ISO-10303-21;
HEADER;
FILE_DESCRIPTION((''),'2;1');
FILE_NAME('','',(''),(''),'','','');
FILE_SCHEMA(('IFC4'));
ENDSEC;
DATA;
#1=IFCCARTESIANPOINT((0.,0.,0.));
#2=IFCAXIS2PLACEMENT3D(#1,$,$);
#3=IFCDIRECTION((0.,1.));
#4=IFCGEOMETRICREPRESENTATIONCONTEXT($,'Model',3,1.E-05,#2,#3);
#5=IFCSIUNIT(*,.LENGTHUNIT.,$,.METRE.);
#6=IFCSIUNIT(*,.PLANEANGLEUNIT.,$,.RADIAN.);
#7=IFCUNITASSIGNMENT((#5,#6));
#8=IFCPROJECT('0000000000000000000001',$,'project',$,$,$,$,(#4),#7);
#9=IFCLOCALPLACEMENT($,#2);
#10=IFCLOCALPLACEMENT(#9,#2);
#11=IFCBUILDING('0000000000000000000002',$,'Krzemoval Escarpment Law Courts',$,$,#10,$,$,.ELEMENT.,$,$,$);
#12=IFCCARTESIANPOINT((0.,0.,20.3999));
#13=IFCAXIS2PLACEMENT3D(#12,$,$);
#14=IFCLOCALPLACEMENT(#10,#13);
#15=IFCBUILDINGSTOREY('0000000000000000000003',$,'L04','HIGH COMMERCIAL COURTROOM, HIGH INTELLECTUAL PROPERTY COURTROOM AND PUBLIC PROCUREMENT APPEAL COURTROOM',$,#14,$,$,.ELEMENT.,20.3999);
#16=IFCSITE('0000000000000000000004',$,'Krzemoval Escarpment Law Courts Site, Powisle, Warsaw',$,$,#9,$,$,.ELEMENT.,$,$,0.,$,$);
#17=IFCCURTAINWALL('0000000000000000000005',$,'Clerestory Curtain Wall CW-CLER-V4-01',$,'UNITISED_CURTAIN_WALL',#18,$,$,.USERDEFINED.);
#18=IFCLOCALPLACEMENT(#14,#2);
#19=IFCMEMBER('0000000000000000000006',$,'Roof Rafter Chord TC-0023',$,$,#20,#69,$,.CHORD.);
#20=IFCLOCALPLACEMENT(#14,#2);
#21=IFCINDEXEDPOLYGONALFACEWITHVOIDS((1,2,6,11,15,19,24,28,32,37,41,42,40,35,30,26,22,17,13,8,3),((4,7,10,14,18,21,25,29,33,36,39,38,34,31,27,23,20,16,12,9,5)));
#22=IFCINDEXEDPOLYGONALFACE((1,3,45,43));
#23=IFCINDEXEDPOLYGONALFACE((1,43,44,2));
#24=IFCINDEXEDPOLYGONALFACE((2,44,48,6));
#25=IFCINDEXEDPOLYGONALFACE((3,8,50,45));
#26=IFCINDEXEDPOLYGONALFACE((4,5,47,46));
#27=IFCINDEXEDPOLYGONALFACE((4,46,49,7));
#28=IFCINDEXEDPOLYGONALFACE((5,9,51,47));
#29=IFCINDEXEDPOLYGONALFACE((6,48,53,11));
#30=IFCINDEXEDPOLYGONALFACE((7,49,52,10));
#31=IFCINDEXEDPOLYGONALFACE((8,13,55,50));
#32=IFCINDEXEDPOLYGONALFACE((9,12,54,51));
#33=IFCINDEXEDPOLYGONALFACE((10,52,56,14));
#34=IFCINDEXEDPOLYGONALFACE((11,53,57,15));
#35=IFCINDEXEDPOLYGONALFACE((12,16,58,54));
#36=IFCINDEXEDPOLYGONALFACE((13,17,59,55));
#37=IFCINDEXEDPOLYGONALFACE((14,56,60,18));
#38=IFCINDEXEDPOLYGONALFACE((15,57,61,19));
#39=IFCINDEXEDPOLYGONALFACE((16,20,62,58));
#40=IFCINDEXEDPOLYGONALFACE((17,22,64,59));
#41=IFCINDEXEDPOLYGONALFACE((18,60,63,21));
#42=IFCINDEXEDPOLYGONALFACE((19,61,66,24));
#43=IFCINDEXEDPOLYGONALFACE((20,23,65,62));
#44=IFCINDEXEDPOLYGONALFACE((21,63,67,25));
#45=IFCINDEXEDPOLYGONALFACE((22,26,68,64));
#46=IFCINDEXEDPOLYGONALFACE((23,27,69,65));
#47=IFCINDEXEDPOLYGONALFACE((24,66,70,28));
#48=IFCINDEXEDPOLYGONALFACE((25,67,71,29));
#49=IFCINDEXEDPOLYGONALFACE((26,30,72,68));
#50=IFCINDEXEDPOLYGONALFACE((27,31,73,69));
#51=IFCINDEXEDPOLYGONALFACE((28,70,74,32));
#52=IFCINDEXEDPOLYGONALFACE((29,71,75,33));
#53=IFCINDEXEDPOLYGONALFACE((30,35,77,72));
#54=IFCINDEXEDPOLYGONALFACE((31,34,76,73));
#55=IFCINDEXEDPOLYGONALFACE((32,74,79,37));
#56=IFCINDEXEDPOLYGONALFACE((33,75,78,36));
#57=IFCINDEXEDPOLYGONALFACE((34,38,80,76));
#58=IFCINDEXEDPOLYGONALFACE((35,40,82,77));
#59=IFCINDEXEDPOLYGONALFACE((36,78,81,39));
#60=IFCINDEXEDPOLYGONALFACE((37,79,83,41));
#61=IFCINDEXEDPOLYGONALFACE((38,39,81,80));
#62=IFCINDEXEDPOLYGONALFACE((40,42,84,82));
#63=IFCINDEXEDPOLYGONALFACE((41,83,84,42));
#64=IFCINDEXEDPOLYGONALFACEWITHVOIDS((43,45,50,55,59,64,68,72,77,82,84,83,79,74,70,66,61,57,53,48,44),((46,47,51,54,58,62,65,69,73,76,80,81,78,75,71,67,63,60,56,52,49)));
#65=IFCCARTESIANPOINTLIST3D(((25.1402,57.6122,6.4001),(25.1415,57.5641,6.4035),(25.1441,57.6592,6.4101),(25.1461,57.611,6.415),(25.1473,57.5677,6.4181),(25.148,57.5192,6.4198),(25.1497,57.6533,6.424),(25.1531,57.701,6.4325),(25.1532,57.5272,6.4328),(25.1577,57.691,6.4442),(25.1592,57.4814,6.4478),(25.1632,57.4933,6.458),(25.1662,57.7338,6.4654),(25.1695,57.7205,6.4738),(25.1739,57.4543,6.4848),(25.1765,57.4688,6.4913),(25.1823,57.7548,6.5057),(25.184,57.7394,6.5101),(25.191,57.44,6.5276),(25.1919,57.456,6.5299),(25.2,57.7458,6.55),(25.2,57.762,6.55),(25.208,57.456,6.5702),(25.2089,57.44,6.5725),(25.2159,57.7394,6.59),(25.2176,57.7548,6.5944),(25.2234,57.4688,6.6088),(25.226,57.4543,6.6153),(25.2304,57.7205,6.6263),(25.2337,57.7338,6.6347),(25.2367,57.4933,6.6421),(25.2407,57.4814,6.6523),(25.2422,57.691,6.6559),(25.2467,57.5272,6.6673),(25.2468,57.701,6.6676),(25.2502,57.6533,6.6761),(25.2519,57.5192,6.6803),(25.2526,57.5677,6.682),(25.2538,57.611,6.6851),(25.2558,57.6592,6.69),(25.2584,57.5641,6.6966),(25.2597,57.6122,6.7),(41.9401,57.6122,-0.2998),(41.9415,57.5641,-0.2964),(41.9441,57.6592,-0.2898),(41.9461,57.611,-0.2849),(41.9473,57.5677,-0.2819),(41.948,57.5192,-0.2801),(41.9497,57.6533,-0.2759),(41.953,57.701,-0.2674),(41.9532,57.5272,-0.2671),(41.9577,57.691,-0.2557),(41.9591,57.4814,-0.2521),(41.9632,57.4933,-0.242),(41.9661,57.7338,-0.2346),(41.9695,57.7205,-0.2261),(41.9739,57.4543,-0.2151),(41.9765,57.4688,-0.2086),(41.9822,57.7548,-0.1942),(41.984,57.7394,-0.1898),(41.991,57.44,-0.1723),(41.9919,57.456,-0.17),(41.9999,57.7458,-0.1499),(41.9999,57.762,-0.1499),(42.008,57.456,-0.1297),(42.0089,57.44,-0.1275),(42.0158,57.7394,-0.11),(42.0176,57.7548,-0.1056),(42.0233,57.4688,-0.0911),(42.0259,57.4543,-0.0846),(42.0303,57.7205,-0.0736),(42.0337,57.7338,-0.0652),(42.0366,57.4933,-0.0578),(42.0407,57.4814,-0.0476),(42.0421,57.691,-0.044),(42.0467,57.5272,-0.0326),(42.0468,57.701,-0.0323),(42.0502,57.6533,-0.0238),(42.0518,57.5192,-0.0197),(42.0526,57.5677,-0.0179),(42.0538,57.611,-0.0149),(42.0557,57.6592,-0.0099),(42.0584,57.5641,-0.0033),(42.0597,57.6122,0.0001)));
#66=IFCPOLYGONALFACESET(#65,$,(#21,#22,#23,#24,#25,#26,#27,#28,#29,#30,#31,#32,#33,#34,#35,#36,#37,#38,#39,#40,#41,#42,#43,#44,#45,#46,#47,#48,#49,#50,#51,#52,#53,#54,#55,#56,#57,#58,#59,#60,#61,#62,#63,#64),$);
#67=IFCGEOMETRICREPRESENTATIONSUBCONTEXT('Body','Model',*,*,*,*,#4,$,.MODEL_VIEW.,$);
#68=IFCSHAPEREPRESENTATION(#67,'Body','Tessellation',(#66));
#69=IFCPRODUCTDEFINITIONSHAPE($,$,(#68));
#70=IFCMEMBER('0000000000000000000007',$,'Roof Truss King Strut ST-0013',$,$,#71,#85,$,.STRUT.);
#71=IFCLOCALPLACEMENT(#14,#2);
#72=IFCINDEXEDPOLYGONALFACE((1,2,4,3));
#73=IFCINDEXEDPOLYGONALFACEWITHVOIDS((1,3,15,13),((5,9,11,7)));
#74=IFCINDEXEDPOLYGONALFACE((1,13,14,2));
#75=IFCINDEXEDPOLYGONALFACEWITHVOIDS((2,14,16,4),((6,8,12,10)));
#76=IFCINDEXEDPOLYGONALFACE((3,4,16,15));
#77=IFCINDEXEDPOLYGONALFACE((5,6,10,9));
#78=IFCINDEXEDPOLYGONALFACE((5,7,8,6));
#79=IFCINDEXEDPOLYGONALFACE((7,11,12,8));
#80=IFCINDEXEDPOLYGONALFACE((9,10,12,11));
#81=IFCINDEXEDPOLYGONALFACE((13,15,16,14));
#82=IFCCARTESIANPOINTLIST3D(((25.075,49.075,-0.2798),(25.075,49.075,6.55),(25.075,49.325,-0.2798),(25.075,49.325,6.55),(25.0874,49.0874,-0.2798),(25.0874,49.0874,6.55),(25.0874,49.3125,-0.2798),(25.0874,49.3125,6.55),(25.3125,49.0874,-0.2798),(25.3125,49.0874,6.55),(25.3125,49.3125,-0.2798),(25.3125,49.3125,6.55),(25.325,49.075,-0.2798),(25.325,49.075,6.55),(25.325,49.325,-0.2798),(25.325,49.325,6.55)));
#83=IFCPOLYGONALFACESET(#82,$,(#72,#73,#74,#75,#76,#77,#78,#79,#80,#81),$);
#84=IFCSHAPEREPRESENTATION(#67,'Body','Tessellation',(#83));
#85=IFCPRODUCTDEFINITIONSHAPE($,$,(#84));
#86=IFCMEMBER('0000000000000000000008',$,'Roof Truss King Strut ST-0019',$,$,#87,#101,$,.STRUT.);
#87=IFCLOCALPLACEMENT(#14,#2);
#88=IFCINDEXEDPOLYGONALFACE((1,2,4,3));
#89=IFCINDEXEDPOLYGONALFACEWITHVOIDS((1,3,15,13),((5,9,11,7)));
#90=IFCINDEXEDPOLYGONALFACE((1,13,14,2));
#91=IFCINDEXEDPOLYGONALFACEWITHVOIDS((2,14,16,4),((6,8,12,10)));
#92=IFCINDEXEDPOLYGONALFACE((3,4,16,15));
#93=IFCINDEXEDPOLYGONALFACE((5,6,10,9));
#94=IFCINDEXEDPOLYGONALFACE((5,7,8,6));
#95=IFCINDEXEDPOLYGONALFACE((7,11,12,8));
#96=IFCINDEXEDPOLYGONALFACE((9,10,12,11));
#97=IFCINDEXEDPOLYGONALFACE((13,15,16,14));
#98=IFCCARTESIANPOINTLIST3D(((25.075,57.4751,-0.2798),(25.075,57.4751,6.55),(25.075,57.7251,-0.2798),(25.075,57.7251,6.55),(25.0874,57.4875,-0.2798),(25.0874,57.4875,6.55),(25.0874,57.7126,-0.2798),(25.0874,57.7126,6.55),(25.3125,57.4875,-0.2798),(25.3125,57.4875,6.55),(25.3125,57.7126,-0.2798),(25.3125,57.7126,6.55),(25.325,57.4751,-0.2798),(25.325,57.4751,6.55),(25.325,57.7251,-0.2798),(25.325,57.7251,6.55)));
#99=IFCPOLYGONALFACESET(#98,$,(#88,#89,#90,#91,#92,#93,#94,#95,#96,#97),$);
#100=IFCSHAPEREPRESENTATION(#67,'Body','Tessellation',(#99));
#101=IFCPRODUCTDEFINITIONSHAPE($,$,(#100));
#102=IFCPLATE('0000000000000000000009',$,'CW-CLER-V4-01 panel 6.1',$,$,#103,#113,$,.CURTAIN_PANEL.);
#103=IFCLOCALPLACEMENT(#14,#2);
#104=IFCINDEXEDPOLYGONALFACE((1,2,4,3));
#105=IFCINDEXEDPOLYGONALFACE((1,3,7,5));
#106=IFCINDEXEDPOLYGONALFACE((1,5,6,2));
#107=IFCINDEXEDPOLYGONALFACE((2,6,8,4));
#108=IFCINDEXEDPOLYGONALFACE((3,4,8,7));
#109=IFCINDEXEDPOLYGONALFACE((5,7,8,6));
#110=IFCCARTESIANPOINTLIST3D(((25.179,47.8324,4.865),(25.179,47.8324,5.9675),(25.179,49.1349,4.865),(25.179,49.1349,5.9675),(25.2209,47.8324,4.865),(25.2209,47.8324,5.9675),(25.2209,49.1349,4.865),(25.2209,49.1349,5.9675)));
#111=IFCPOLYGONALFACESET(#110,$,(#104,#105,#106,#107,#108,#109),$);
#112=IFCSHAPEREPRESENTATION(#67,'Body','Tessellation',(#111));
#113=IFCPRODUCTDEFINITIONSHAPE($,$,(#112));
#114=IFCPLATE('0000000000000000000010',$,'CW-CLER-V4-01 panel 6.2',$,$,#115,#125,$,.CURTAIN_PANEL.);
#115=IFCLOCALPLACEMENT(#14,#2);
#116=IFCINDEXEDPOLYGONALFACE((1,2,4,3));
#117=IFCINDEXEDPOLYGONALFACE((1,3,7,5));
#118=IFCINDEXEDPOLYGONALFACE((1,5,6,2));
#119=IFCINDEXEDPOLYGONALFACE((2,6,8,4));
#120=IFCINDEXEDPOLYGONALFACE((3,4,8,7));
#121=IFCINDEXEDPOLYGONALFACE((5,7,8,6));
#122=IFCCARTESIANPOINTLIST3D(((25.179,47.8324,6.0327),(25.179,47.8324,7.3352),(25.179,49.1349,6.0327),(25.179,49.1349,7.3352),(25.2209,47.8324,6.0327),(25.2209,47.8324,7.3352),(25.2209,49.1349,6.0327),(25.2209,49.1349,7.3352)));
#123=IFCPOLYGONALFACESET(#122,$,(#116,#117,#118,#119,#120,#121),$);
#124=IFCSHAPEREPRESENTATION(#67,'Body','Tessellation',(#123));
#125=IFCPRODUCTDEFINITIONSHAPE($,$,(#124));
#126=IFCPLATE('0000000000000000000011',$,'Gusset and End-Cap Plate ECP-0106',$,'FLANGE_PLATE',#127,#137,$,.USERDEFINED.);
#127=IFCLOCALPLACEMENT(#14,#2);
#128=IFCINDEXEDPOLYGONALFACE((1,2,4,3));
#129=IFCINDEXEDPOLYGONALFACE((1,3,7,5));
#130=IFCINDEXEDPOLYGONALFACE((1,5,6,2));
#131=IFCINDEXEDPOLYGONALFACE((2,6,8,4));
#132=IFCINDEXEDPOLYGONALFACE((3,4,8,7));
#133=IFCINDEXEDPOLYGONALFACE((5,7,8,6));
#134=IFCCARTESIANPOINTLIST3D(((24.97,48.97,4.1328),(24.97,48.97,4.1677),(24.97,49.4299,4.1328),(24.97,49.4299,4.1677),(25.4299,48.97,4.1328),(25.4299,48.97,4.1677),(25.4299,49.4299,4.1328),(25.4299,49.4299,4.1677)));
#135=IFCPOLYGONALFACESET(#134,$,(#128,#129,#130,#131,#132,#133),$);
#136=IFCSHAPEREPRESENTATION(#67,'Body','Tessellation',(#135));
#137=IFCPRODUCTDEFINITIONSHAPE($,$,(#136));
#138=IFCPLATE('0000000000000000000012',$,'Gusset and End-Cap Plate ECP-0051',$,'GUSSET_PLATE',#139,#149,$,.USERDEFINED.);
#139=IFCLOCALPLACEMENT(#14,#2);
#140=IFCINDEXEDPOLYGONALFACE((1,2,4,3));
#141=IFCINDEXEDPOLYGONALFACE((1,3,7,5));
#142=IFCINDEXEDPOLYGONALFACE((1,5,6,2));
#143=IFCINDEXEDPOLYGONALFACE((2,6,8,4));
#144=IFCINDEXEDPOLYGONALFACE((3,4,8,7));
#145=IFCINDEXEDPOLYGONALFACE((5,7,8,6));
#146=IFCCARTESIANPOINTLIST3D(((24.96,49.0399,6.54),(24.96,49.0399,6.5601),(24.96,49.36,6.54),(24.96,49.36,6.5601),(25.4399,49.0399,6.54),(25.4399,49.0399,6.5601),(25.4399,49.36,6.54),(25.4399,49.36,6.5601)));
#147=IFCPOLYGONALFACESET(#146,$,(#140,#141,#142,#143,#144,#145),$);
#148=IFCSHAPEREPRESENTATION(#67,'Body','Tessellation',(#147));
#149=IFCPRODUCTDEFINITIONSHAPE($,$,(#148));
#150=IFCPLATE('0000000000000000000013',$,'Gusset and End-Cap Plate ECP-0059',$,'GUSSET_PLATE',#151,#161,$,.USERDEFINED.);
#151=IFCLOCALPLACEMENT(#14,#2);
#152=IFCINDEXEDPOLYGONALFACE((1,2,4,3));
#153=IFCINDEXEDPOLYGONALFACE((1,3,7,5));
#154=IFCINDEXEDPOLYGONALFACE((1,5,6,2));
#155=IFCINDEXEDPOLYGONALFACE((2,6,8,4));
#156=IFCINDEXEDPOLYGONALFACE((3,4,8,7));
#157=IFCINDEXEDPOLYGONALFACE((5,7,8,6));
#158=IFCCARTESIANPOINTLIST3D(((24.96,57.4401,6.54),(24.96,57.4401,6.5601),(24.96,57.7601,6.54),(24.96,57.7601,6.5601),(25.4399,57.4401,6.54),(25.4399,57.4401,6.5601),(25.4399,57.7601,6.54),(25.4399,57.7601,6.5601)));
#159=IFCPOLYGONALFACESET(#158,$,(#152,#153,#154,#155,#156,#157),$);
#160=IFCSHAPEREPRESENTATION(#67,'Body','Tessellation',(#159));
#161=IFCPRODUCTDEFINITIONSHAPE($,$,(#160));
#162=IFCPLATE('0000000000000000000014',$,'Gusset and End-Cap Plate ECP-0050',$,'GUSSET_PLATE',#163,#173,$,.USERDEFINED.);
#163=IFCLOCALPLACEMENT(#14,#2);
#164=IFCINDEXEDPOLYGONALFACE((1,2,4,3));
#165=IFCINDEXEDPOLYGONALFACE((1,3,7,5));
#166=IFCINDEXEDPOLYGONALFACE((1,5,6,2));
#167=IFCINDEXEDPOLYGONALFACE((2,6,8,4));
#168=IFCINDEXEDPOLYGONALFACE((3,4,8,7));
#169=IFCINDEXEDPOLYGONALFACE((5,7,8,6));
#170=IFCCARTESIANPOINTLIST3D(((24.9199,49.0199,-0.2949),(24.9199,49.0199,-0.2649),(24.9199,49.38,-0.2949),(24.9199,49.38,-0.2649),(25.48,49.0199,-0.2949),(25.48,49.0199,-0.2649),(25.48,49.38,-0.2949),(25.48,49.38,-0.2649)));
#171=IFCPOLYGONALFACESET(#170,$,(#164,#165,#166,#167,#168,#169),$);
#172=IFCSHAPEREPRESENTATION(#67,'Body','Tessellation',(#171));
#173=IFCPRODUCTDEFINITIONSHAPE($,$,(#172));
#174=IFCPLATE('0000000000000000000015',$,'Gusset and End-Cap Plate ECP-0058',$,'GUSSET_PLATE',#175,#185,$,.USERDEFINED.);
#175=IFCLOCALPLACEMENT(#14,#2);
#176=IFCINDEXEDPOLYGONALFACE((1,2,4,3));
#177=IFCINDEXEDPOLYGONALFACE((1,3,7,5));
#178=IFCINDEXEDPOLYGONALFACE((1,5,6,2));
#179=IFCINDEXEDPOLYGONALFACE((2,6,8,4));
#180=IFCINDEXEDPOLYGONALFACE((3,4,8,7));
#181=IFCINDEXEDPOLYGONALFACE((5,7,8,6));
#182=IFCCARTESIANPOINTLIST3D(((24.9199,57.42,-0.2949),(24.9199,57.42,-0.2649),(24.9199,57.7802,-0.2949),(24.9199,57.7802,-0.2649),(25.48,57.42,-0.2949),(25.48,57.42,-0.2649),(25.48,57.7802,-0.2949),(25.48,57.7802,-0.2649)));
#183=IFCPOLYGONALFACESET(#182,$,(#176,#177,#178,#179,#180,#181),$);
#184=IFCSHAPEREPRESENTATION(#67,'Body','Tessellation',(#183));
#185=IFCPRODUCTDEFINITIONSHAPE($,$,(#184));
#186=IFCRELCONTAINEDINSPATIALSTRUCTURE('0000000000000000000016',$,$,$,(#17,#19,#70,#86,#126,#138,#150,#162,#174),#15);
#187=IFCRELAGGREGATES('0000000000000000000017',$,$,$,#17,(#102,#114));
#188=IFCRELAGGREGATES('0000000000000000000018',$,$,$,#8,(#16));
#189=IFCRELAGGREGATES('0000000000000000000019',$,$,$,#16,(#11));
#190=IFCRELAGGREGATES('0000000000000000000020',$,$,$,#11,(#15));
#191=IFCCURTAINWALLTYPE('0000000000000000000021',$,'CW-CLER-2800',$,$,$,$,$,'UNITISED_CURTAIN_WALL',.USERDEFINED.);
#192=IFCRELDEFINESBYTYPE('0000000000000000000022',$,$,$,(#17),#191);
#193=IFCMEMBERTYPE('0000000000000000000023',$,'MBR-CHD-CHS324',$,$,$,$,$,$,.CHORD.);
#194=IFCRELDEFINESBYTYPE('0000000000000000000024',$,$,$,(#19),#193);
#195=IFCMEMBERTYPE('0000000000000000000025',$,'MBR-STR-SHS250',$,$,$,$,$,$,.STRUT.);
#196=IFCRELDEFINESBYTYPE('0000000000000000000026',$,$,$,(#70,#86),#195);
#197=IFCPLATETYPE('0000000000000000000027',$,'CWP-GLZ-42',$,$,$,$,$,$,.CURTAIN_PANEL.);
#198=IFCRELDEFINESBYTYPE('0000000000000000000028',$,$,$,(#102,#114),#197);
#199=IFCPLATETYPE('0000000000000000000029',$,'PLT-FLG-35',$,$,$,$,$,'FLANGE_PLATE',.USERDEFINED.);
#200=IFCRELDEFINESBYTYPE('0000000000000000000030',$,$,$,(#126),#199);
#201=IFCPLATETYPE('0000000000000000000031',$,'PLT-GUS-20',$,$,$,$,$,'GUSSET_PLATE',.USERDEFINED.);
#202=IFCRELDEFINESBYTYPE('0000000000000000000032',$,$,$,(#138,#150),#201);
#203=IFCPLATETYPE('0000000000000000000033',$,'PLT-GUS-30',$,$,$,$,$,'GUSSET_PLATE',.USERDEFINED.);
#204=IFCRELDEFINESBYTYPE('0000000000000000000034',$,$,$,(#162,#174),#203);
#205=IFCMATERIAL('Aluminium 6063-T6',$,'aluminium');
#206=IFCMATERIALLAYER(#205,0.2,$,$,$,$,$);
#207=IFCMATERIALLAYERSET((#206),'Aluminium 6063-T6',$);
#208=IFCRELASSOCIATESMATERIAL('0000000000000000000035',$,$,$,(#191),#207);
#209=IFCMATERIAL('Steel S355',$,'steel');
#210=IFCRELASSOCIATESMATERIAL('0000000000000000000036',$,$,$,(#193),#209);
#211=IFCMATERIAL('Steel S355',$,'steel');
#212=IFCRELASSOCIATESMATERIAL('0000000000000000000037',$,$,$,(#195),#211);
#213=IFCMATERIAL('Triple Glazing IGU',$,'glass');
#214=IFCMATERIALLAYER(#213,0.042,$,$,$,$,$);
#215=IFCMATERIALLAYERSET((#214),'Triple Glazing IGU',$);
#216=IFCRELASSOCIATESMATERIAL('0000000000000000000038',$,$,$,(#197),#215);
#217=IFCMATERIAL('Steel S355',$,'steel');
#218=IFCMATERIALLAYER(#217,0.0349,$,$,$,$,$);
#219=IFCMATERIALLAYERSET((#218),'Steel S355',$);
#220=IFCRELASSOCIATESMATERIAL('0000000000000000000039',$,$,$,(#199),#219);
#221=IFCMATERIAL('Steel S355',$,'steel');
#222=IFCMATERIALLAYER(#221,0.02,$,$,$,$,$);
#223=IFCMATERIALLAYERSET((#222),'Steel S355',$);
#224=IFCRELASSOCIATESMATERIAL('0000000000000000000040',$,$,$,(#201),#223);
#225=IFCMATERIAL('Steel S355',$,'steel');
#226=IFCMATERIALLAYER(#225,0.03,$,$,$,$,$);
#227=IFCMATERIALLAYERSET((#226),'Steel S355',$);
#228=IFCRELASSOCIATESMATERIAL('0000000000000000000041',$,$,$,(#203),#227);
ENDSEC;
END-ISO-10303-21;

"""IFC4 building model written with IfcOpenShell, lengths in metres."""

from ifc_helpers import new_model, si_unit, direction, frame, origin, origin_2d, place, context, subcontext, project, spatial, rectangle, hollow_rectangle, hollow_circle, extrude, material, layer, layer_set, material_profile, profile_set, type_object, element, aggregate, save


model = new_model("IFC4")

# Units and contexts
model_context = context("Model", 3, precision=1e-05, world=origin(), true_north=direction((0.0, 1.0)))
body_context = subcontext(model_context, "Body", "Model", "MODEL_VIEW")
ifc_project = project(units=[si_unit("LENGTHUNIT", "METRE"), si_unit("PLANEANGLEUNIT", "RADIAN")], contexts=[model_context])

# Site, building, storey
site_placement = place(None, origin())
site = spatial("IfcSite", under=ifc_project, at=site_placement, Name="Krzemoval Escarpment Law Courts Site, Powisle, Warsaw", CompositionType="ELEMENT", RefElevation=0.0)
building_placement = place(site_placement, origin())
building = spatial("IfcBuilding", under=site, at=building_placement, Name="Krzemoval Escarpment Law Courts", CompositionType="ELEMENT")
storey_placement = place(building_placement, frame((0.0, 0.0, 20.3999)))
storey = spatial("IfcBuildingStorey", under=building, at=storey_placement, Name="L04", Description="HIGH COMMERCIAL COURTROOM, HIGH INTELLECTUAL PROPERTY COURTROOM AND PUBLIC PROCUREMENT APPEAL COURTROOM", CompositionType="ELEMENT", Elevation=20.3999)

# Curtain wall
ifc_material_1 = material(Name="Aluminium 6063-T6", Category="aluminium")
ifc_layer_1 = layer(ifc_material_1, 0.2)
ifc_layer_set_1 = layer_set([ifc_layer_1], Name="Aluminium 6063-T6")
curtain_wall_type = type_object("IfcCurtainWallType", Name="CW-CLER-2800", ElementType="UNITISED_CURTAIN_WALL", PredefinedType="USERDEFINED", material=ifc_layer_set_1)
curtain_wall_1_placement = place(storey_placement, origin())
curtain_wall_1 = element("IfcCurtainWall", 1, at=curtain_wall_1_placement, inside=storey, type_object=curtain_wall_type, Name="Clerestory Curtain Wall CW-CLER-V4-01", ObjectType="UNITISED_CURTAIN_WALL", PredefinedType="USERDEFINED")

# Members
ifc_material_2 = material(Name="Steel S355", Category="steel")
ifc_material_profile_1 = material_profile(ifc_material_2, hollow_circle(Radius=0.1619, WallThickness=0.0161, at=origin_2d()), Name="CHS 323.9x16")
ifc_profile_set_1 = profile_set([ifc_material_profile_1], Name="Steel S355")
member_type_1 = type_object("IfcMemberType", Name="MBR-CHD-CHS324", PredefinedType="CHORD", material=ifc_profile_set_1)
for number, where, z_axis, x_axis, name in (
    (2, (25.2, 57.6001, 6.55), (0.928859, 0.0, -0.370434), (0.0, 1.0, 0.0), "Roof Rafter Chord TC-0023"),
):
    element("IfcMember", number, at=place(storey_placement, frame(where, z_axis=z_axis, x_axis=x_axis)), inside=storey, type_object=member_type_1, Name=name, PredefinedType="CHORD", context=body_context, shape_type="SweptSolid", body=[
        extrude(hollow_circle(Radius=0.1619, WallThickness=0.0161, at=origin_2d()), origin(), (0.0, 0.0, 1.0), 18.0867),
    ])
ifc_material_3 = material(Name="Steel S355", Category="steel")
ifc_material_profile_2 = material_profile(ifc_material_3, hollow_rectangle(XDim=0.25, YDim=0.25, WallThickness=0.0125, at=origin_2d()), Name="SHS 250x250x12.5")
ifc_profile_set_2 = profile_set([ifc_material_profile_2], Name="Steel S355")
member_type_2 = type_object("IfcMemberType", Name="MBR-STR-SHS250", PredefinedType="STRUT", material=ifc_profile_set_2)
for number, where, z_axis, x_axis, name in (
    (3, (25.2, 49.2, -0.2798), (0.0, 0.0, 1.0), (1.0, 0.0, 0.0), "Roof Truss King Strut ST-0013"),
    (4, (25.2, 57.6001, -0.2798), (0.0, 0.0, 1.0), (1.0, 0.0, 0.0), "Roof Truss King Strut ST-0019"),
):
    element("IfcMember", number, at=place(storey_placement, frame(where, z_axis=z_axis, x_axis=x_axis)), inside=storey, type_object=member_type_2, Name=name, PredefinedType="STRUT", context=body_context, shape_type="SweptSolid", body=[
        extrude(hollow_rectangle(XDim=0.25, YDim=0.25, WallThickness=0.0125, at=origin_2d()), origin(), (0.0, 0.0, 1.0), 6.8298),
    ])

# Plates
ifc_material_4 = material(Name="Triple Glazing IGU", Category="glass")
ifc_layer_2 = layer(ifc_material_4, 0.042)
ifc_layer_set_2 = layer_set([ifc_layer_2], Name="Triple Glazing IGU")
plate_type_1 = type_object("IfcPlateType", Name="CWP-GLZ-42", PredefinedType="CURTAIN_PANEL", material=ifc_layer_set_2)
plate_1_placement = place(storey_placement, frame((25.2, 48.4836, 4.865), z_axis=(0.0, 0.0, 1.0), x_axis=(0.0, 1.0, 0.0)))
plate_1 = element("IfcPlate", 5, at=plate_1_placement, type_object=plate_type_1, Name="CW-CLER-V4-01 panel 6.1", PredefinedType="CURTAIN_PANEL", context=body_context, shape_type="SweptSolid", body=[
    extrude(rectangle(XDim=1.3025, YDim=0.042, at=origin_2d()), origin(), (0.0, 0.0, 1.0), 1.1025),
])
plate_2_placement = place(storey_placement, frame((25.2, 48.4836, 6.0327), z_axis=(0.0, 0.0, 1.0), x_axis=(0.0, 1.0, 0.0)))
plate_2 = element("IfcPlate", 6, at=plate_2_placement, type_object=plate_type_1, Name="CW-CLER-V4-01 panel 6.2", PredefinedType="CURTAIN_PANEL", context=body_context, shape_type="SweptSolid", body=[
    extrude(rectangle(XDim=1.3025, YDim=0.042, at=origin_2d()), origin(), (0.0, 0.0, 1.0), 1.3025),
])
aggregate(curtain_wall_1, [plate_1, plate_2])

# Plates
ifc_material_5 = material(Name="Steel S355", Category="steel")
ifc_layer_3 = layer(ifc_material_5, 0.0349)
ifc_layer_set_3 = layer_set([ifc_layer_3], Name="Steel S355")
plate_type_2 = type_object("IfcPlateType", Name="PLT-FLG-35", ElementType="FLANGE_PLATE", PredefinedType="USERDEFINED", material=ifc_layer_set_3)
plate_3_placement = place(storey_placement, frame((25.2, 49.2, 4.1328), z_axis=(0.0, 0.0, 1.0), x_axis=(1.0, 0.0, 0.0)))
element("IfcPlate", 7, at=plate_3_placement, inside=storey, type_object=plate_type_2, Name="Gusset and End-Cap Plate ECP-0106", ObjectType="FLANGE_PLATE", PredefinedType="USERDEFINED", context=body_context, shape_type="SweptSolid", body=[
    extrude(rectangle(XDim=0.46, YDim=0.46, at=origin_2d()), origin(), (0.0, 0.0, 1.0), 0.0349),
])
ifc_material_6 = material(Name="Steel S355", Category="steel")
ifc_layer_4 = layer(ifc_material_6, 0.02)
ifc_layer_set_4 = layer_set([ifc_layer_4], Name="Steel S355")
plate_type_3 = type_object("IfcPlateType", Name="PLT-GUS-20", ElementType="GUSSET_PLATE", PredefinedType="USERDEFINED", material=ifc_layer_set_4)
for number, where, z_axis, x_axis, name in (
    (8, (25.2, 49.2, 6.54), (0.0, 0.0, 1.0), (1.0, 0.0, 0.0), "Gusset and End-Cap Plate ECP-0051"),
    (9, (25.2, 57.6001, 6.54), (0.0, 0.0, 1.0), (1.0, 0.0, 0.0), "Gusset and End-Cap Plate ECP-0059"),
):
    element("IfcPlate", number, at=place(storey_placement, frame(where, z_axis=z_axis, x_axis=x_axis)), inside=storey, type_object=plate_type_3, Name=name, ObjectType="GUSSET_PLATE", PredefinedType="USERDEFINED", context=body_context, shape_type="SweptSolid", body=[
        extrude(rectangle(XDim=0.48, YDim=0.3201, at=origin_2d()), origin(), (0.0, 0.0, 1.0), 0.02),
    ])
ifc_material_7 = material(Name="Steel S355", Category="steel")
ifc_layer_5 = layer(ifc_material_7, 0.03)
ifc_layer_set_5 = layer_set([ifc_layer_5], Name="Steel S355")
plate_type_4 = type_object("IfcPlateType", Name="PLT-GUS-30", ElementType="GUSSET_PLATE", PredefinedType="USERDEFINED", material=ifc_layer_set_5)
for number, where, z_axis, x_axis, name in (
    (10, (25.2, 49.2, -0.2949), (0.0, 0.0, 1.0), (1.0, 0.0, 0.0), "Gusset and End-Cap Plate ECP-0050"),
    (11, (25.2, 57.6001, -0.2949), (0.0, 0.0, 1.0), (1.0, 0.0, 0.0), "Gusset and End-Cap Plate ECP-0058"),
):
    element("IfcPlate", number, at=place(storey_placement, frame(where, z_axis=z_axis, x_axis=x_axis)), inside=storey, type_object=plate_type_4, Name=name, ObjectType="GUSSET_PLATE", PredefinedType="USERDEFINED", context=body_context, shape_type="SweptSolid", body=[
        extrude(rectangle(XDim=0.5601, YDim=0.3601, at=origin_2d()), origin(), (0.0, 0.0, 1.0), 0.03),
    ])

save(model, "model.ifc")
